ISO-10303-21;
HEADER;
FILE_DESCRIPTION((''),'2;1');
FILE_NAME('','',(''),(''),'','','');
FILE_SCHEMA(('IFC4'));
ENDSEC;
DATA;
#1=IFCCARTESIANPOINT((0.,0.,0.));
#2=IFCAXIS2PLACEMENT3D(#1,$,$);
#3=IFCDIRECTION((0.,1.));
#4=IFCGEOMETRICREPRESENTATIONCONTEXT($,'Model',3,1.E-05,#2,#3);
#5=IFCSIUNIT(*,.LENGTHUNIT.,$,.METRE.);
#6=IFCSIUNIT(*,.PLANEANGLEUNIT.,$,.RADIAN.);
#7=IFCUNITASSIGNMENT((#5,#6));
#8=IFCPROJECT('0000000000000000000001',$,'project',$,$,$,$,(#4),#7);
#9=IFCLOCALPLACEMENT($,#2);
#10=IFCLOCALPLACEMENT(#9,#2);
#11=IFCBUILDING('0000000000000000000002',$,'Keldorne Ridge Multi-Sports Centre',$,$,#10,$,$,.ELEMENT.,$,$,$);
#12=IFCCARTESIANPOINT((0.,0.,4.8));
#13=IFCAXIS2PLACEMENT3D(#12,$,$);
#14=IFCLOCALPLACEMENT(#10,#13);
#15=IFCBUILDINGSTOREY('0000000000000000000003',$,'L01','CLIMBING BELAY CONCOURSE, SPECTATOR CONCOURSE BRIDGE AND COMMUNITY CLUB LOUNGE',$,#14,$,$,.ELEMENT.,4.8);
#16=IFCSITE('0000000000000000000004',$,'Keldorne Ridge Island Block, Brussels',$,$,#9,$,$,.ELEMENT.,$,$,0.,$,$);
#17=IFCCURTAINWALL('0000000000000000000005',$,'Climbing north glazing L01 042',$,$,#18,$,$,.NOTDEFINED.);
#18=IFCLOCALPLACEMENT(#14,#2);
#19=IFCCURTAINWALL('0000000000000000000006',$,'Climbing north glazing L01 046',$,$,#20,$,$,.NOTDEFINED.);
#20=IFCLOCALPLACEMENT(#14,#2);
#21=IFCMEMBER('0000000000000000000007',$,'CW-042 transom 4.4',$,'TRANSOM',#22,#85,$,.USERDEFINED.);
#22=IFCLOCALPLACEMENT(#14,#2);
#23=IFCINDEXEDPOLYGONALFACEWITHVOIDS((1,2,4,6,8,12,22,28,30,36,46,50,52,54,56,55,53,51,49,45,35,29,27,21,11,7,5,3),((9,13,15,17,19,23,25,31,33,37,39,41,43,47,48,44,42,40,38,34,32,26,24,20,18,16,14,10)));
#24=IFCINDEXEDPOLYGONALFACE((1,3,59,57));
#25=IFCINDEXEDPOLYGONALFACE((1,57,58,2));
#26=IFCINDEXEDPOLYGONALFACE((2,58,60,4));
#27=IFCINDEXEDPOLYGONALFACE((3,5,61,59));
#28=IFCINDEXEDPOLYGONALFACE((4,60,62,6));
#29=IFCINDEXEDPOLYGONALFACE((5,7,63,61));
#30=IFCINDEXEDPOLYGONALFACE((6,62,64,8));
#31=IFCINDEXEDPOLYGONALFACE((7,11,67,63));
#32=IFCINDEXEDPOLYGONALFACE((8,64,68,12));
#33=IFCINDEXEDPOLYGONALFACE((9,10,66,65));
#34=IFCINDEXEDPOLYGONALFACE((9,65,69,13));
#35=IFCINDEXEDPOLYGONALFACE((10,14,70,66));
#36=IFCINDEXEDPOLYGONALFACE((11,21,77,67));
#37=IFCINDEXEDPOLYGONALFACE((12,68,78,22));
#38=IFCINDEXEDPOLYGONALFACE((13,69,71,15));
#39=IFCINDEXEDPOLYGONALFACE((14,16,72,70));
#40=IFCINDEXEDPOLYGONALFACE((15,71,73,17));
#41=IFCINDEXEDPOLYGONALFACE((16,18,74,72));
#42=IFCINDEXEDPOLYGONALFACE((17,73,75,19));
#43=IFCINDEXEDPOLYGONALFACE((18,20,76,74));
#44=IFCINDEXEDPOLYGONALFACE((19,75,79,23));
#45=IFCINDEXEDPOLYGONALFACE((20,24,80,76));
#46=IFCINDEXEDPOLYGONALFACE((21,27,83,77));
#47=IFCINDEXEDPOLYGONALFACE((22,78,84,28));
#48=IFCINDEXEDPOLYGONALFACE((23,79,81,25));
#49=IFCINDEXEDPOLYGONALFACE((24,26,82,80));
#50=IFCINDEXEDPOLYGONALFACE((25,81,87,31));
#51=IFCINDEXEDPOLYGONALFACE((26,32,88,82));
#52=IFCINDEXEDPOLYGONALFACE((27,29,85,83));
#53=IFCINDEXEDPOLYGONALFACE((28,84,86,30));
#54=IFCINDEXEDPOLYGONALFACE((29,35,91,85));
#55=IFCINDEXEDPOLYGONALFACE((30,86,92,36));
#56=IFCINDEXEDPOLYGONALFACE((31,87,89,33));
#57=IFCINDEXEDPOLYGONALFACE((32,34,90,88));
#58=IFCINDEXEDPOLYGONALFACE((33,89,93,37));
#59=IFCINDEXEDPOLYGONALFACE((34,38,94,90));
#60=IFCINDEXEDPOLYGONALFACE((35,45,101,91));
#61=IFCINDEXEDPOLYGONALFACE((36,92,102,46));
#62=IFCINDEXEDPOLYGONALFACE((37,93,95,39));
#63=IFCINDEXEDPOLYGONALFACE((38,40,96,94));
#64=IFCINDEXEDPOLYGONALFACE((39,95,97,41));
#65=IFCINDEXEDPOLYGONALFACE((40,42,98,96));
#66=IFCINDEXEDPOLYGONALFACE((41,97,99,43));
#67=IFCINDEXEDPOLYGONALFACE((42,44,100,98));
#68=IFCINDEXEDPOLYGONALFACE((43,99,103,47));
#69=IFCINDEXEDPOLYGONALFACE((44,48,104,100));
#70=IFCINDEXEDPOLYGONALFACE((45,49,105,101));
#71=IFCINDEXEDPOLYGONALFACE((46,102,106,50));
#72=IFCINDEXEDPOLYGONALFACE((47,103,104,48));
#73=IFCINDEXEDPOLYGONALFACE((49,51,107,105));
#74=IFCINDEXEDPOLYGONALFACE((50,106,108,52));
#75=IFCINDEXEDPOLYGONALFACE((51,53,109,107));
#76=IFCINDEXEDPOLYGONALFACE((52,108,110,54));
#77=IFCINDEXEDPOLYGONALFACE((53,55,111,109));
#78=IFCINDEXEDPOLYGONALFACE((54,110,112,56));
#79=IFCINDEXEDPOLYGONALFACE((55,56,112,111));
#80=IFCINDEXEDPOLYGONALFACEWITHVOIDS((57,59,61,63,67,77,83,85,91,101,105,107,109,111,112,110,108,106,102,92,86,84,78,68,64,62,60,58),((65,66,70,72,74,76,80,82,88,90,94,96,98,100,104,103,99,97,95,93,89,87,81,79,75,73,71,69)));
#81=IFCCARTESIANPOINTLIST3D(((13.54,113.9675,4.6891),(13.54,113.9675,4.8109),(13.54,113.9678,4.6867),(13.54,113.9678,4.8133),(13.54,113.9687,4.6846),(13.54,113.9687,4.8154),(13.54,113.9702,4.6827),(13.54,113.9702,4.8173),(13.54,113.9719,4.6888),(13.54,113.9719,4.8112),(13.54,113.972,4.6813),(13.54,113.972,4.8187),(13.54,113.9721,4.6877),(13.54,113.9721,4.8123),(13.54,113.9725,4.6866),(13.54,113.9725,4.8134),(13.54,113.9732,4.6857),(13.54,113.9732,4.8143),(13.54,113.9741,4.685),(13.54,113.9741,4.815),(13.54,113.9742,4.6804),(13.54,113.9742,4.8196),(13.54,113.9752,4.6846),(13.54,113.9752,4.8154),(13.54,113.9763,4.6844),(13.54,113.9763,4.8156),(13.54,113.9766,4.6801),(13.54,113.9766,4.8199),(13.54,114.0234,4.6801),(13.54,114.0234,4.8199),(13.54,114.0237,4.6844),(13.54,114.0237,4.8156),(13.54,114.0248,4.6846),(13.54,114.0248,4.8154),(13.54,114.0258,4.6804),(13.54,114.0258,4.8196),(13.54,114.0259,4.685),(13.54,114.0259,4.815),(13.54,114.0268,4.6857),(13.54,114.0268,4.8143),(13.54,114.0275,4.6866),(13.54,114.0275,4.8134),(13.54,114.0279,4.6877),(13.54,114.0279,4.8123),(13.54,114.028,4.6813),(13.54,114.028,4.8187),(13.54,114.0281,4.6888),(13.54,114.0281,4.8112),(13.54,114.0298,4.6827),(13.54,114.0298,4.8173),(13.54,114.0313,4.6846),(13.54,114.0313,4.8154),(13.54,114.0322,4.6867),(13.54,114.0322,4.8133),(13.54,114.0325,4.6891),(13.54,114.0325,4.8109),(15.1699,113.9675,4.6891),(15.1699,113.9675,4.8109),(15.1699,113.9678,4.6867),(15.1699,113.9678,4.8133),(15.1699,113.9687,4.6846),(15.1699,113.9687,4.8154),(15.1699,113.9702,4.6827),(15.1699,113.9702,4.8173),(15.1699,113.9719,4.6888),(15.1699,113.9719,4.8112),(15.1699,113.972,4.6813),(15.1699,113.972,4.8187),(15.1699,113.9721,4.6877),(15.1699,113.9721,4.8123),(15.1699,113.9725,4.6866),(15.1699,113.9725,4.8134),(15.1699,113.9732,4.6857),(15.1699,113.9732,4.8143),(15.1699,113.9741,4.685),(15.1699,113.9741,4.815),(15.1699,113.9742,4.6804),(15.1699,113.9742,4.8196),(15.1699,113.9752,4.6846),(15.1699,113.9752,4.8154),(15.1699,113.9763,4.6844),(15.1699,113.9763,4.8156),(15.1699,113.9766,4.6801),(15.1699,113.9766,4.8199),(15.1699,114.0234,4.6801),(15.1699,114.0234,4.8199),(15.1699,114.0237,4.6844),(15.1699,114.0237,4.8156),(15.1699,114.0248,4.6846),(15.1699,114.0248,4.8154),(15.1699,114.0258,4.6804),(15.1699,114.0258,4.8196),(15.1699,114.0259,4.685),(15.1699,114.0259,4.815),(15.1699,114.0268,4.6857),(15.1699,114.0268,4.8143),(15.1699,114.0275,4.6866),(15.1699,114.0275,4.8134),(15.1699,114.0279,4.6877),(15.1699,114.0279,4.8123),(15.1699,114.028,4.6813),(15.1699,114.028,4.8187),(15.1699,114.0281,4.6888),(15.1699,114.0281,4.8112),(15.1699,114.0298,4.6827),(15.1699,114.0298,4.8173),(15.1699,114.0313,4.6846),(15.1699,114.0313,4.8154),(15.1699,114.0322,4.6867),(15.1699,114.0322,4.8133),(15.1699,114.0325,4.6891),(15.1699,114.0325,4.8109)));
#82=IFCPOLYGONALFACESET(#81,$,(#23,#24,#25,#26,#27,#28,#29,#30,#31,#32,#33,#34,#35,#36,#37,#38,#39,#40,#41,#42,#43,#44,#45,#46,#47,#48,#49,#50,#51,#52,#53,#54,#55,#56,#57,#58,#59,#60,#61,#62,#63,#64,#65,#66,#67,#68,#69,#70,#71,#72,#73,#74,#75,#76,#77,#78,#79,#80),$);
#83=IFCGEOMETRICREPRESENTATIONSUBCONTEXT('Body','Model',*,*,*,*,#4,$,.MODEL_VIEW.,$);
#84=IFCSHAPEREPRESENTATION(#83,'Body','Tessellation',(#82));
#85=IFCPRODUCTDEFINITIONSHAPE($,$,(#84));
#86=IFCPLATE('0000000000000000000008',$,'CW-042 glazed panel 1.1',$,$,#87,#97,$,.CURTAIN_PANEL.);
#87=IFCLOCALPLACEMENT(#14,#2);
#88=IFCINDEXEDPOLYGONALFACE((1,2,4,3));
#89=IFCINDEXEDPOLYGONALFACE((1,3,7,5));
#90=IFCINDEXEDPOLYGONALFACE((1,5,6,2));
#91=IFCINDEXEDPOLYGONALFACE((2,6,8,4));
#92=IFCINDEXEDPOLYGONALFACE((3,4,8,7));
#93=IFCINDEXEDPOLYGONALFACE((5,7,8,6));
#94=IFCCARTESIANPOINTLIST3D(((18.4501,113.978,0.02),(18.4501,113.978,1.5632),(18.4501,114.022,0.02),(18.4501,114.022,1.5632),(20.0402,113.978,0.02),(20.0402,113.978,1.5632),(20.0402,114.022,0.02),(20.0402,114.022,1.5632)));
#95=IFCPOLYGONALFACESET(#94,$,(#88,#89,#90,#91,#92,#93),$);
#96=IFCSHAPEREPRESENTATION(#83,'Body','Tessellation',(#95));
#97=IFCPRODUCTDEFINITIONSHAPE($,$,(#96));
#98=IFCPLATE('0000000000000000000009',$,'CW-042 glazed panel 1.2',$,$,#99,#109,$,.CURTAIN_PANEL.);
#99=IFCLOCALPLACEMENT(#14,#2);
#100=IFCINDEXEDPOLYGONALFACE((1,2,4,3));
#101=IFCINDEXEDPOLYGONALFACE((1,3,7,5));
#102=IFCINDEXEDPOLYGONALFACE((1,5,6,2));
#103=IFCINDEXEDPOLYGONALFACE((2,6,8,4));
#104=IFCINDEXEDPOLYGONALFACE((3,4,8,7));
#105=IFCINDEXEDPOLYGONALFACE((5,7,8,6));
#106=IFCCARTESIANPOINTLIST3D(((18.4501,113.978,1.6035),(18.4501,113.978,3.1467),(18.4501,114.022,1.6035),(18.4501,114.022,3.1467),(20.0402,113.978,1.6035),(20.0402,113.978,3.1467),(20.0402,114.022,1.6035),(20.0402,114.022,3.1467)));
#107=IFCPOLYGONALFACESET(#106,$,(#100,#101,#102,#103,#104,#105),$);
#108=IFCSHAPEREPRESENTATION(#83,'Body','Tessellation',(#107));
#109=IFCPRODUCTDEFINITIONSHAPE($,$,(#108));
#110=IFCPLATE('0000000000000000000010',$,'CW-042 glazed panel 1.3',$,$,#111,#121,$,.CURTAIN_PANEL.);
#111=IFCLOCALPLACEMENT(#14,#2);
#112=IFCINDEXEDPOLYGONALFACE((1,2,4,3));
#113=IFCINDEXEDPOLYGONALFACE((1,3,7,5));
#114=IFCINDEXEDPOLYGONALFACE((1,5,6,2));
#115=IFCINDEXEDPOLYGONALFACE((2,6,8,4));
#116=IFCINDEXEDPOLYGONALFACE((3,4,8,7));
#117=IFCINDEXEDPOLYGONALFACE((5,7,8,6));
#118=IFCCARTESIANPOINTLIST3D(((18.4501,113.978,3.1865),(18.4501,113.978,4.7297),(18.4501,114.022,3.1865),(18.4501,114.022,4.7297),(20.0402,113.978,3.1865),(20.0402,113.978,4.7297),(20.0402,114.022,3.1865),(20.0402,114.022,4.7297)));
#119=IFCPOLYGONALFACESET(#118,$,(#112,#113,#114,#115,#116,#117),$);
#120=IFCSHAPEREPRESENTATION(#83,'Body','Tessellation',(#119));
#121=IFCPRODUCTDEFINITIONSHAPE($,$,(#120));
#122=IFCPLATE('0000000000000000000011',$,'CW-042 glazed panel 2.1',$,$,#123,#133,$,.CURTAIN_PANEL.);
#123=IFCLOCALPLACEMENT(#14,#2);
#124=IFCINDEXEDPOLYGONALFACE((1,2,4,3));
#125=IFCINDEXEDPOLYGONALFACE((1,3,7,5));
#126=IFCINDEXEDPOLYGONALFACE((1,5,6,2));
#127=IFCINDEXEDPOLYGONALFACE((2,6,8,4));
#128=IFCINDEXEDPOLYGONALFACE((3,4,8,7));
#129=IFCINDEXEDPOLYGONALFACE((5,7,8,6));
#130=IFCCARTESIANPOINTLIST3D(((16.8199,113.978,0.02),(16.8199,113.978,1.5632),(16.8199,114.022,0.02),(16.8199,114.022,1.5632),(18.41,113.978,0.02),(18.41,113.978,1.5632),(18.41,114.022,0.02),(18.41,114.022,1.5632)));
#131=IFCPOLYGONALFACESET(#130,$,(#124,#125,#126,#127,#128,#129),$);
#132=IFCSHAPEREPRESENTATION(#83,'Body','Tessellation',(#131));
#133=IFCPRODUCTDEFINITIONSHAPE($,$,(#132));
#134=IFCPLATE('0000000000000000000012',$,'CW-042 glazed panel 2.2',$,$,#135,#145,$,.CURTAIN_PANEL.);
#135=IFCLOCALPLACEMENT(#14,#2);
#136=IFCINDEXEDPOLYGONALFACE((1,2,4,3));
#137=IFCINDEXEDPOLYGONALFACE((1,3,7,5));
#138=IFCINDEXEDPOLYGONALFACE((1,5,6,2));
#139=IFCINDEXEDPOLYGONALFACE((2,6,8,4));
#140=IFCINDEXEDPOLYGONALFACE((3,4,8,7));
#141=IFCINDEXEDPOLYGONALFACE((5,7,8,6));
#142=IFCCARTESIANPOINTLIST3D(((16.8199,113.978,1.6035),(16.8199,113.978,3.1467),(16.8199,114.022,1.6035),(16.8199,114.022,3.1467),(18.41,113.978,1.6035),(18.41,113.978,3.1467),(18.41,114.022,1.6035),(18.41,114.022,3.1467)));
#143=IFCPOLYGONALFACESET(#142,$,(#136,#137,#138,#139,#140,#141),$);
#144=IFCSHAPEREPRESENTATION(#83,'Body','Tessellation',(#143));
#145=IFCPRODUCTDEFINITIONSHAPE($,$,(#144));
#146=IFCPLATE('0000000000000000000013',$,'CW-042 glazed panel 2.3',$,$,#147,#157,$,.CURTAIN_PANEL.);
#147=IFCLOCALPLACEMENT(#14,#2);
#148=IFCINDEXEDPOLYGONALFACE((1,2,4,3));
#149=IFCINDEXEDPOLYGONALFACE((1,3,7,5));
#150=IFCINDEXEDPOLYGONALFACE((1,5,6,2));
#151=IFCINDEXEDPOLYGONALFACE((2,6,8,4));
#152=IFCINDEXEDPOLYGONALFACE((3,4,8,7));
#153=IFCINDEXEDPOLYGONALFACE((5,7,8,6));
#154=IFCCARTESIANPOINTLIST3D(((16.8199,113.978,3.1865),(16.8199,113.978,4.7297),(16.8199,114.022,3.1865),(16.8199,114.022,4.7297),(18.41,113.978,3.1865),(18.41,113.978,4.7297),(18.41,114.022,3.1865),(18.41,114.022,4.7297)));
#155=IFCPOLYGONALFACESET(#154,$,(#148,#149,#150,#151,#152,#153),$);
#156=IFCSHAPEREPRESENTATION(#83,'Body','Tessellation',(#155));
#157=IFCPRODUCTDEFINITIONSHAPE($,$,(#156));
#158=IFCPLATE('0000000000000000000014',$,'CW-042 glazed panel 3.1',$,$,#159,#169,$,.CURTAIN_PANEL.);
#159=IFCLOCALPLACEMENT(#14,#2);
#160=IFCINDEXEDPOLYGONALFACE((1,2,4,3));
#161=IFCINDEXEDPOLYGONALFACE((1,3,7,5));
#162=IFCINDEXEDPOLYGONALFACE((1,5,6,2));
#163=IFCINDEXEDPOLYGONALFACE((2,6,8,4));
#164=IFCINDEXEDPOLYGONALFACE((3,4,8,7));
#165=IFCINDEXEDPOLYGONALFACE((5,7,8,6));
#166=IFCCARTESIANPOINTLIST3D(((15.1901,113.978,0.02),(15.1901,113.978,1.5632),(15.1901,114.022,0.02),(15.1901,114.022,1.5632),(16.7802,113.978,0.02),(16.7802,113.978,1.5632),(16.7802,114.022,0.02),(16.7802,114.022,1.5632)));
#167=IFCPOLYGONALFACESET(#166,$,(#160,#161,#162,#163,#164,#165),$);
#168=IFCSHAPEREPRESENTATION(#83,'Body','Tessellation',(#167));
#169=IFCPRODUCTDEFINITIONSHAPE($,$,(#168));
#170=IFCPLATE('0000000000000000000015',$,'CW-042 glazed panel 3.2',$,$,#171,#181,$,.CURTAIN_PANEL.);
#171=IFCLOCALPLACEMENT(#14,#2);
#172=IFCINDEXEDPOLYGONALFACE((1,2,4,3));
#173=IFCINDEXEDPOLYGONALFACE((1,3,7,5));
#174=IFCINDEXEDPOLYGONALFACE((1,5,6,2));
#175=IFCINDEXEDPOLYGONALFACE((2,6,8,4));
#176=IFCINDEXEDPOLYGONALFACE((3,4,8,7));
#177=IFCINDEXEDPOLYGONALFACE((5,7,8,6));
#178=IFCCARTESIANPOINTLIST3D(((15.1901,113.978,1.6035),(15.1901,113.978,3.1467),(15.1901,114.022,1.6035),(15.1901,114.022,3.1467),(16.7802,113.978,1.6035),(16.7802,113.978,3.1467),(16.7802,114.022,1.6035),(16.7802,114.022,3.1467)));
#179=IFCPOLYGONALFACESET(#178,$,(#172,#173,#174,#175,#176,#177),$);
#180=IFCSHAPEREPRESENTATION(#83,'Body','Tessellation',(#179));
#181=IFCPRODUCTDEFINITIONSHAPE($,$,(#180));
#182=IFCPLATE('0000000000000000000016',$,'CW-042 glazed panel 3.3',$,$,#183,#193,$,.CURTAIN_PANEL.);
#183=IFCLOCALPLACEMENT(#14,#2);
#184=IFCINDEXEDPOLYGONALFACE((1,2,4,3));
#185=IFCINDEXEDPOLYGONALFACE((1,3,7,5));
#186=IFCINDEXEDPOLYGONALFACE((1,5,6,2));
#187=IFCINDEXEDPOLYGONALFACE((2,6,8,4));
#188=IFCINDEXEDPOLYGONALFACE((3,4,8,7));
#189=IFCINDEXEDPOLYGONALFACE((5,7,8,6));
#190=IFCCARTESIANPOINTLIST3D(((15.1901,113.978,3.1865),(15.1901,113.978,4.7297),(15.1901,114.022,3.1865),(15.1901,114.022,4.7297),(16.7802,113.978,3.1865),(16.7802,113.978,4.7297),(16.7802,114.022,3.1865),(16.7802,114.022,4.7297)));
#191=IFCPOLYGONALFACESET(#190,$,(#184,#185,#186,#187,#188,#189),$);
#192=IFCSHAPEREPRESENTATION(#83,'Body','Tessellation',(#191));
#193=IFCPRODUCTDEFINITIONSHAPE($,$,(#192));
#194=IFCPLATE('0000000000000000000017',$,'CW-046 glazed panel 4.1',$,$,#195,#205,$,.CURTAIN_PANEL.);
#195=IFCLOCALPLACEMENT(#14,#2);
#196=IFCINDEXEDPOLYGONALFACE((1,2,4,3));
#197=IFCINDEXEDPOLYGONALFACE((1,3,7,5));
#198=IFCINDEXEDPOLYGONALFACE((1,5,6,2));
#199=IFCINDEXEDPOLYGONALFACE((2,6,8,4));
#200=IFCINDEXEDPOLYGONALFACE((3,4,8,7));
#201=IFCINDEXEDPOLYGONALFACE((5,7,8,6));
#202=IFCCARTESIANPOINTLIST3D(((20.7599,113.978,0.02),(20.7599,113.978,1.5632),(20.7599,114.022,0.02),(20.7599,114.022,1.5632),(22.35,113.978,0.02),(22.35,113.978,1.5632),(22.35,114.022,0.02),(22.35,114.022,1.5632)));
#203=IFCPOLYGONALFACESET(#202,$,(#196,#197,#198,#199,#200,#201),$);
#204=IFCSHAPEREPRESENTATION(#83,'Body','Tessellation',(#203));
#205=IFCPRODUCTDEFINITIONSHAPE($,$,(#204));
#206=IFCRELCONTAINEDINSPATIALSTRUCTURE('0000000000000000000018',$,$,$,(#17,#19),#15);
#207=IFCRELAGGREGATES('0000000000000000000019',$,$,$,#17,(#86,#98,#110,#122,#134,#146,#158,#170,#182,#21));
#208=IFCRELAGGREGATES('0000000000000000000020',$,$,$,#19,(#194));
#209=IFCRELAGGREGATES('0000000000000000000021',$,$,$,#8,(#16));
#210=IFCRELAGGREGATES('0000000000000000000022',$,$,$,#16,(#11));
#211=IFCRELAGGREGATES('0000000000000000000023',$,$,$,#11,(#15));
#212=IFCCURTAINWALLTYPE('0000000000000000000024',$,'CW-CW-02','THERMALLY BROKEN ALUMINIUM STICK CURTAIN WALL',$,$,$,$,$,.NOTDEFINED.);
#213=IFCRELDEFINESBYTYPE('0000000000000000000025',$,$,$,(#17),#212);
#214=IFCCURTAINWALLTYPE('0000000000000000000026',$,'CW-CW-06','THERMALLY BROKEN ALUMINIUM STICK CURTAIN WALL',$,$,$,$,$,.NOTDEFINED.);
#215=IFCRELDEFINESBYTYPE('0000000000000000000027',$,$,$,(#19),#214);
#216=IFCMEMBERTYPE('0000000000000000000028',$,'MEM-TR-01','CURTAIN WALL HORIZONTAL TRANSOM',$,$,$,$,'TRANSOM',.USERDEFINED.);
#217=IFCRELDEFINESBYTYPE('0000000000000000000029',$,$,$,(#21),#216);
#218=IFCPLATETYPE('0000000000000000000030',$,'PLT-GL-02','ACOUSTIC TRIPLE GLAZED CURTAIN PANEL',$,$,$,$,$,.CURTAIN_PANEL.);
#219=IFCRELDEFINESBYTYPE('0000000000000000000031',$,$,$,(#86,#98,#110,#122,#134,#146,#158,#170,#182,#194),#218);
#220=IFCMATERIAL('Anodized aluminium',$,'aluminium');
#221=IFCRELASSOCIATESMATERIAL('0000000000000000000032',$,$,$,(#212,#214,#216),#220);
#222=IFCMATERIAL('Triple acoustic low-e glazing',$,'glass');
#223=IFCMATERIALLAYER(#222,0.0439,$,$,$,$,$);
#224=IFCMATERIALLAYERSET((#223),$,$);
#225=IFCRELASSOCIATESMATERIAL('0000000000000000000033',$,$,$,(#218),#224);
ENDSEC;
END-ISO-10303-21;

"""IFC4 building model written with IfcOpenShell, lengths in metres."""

from ifc_helpers import new_model, si_unit, direction, frame, origin, origin_2d, place, context, subcontext, project, spatial, rectangle, hollow_rectangle, extrude, material, layer, layer_set, material_profile, profile_set, type_object, element, aggregate, save


model = new_model("IFC4")

# Units and contexts
model_context = context("Model", 3, precision=1e-05, world=origin(), true_north=direction((0.0, 1.0)))
body_context = subcontext(model_context, "Body", "Model", "MODEL_VIEW")
ifc_project = project(units=[si_unit("LENGTHUNIT", "METRE"), si_unit("PLANEANGLEUNIT", "RADIAN")], contexts=[model_context])

# Site, building, storey
site_placement = place(None, origin())
site = spatial("IfcSite", under=ifc_project, at=site_placement, Name="Keldorne Ridge Island Block, Brussels", CompositionType="ELEMENT", RefElevation=0.0)
building_placement = place(site_placement, origin())
building = spatial("IfcBuilding", under=site, at=building_placement, Name="Keldorne Ridge Multi-Sports Centre", CompositionType="ELEMENT")
storey_placement = place(building_placement, frame((0.0, 0.0, 4.8)))
storey = spatial("IfcBuildingStorey", under=building, at=storey_placement, Name="L01", Description="CLIMBING BELAY CONCOURSE, SPECTATOR CONCOURSE BRIDGE AND COMMUNITY CLUB LOUNGE", CompositionType="ELEMENT", Elevation=4.8)

# Curtain walls
ifc_material_1 = material(Name="Anodized aluminium", Category="aluminium")
curtain_wall_type_1 = type_object("IfcCurtainWallType", Name="CW-CW-02", Description="THERMALLY BROKEN ALUMINIUM STICK CURTAIN WALL", PredefinedType="NOTDEFINED", material=ifc_material_1)
curtain_wall_1_placement = place(storey_placement, origin())
curtain_wall_1 = element("IfcCurtainWall", 1, at=curtain_wall_1_placement, inside=storey, type_object=curtain_wall_type_1, Name="Climbing north glazing L01 042", PredefinedType="NOTDEFINED")
curtain_wall_type_2 = type_object("IfcCurtainWallType", Name="CW-CW-06", Description="THERMALLY BROKEN ALUMINIUM STICK CURTAIN WALL", PredefinedType="NOTDEFINED", material=ifc_material_1)
curtain_wall_2_placement = place(storey_placement, origin())
curtain_wall_2 = element("IfcCurtainWall", 2, at=curtain_wall_2_placement, inside=storey, type_object=curtain_wall_type_2, Name="Climbing north glazing L01 046", PredefinedType="NOTDEFINED")

# Member
ifc_material_profile_1 = material_profile(ifc_material_1, hollow_rectangle(XDim=0.0649, YDim=0.1399, WallThickness=0.0044, InnerFilletRadius=0.0044, OuterFilletRadius=0.009, at=origin_2d()), Name="ALU TRANSOM 140x65x4.5")
ifc_profile_set_1 = profile_set([ifc_material_profile_1], Name="Anodized aluminium")
member_type_1 = type_object("IfcMemberType", Name="MEM-TR-01", Description="CURTAIN WALL HORIZONTAL TRANSOM", ElementType="TRANSOM", PredefinedType="USERDEFINED", material=ifc_profile_set_1)
member_1_placement = place(storey_placement, frame((15.1699, 114.0, 4.75), z_axis=(-1.0, 0.0, 0.0), x_axis=(0.0, -1.0, 0.0)))
member_1 = element("IfcMember", 3, at=member_1_placement, type_object=member_type_1, Name="CW-042 transom 4.4", ObjectType="TRANSOM", PredefinedType="USERDEFINED", context=body_context, shape_type="SweptSolid", body=[
    extrude(hollow_rectangle(XDim=0.0649, YDim=0.1399, WallThickness=0.0044, InnerFilletRadius=0.0044, OuterFilletRadius=0.009, at=origin_2d()), origin(), (0.0, 0.0, 1.0), 1.6299),
])

# Plates
ifc_material_2 = material(Name="Triple acoustic low-e glazing", Category="glass")
ifc_layer = layer(ifc_material_2, 0.0439)
ifc_layer_set = layer_set([ifc_layer])
plate_type = type_object("IfcPlateType", Name="PLT-GL-02", Description="ACOUSTIC TRIPLE GLAZED CURTAIN PANEL", PredefinedType="CURTAIN_PANEL", material=ifc_layer_set)
plate_1_placement = place(storey_placement, frame((19.2451, 114.0, 0.02), z_axis=(0.0, 0.0, 1.0), x_axis=(-1.0, 0.0, 0.0)))
plate_1 = element("IfcPlate", 4, at=plate_1_placement, type_object=plate_type, Name="CW-042 glazed panel 1.1", PredefinedType="CURTAIN_PANEL", context=body_context, shape_type="SweptSolid", body=[
    extrude(rectangle(XDim=1.5901, YDim=0.0439, at=origin_2d()), origin(), (0.0, 0.0, 1.0), 1.5432),
])
plate_2_placement = place(storey_placement, frame((19.2451, 114.0, 1.6035), z_axis=(0.0, 0.0, 1.0), x_axis=(-1.0, 0.0, 0.0)))
plate_2 = element("IfcPlate", 5, at=plate_2_placement, type_object=plate_type, Name="CW-042 glazed panel 1.2", PredefinedType="CURTAIN_PANEL", context=body_context, shape_type="SweptSolid", body=[
    extrude(rectangle(XDim=1.5901, YDim=0.0439, at=origin_2d()), origin(), (0.0, 0.0, 1.0), 1.5432),
])
plate_3_placement = place(storey_placement, frame((19.2451, 114.0, 3.1865), z_axis=(0.0, 0.0, 1.0), x_axis=(-1.0, 0.0, 0.0)))
plate_3 = element("IfcPlate", 6, at=plate_3_placement, type_object=plate_type, Name="CW-042 glazed panel 1.3", PredefinedType="CURTAIN_PANEL", context=body_context, shape_type="SweptSolid", body=[
    extrude(rectangle(XDim=1.5901, YDim=0.0439, at=origin_2d()), origin(), (0.0, 0.0, 1.0), 1.5432),
])
plate_4_placement = place(storey_placement, frame((17.615, 114.0, 0.02), z_axis=(0.0, 0.0, 1.0), x_axis=(-1.0, 0.0, 0.0)))
plate_4 = element("IfcPlate", 7, at=plate_4_placement, type_object=plate_type, Name="CW-042 glazed panel 2.1", PredefinedType="CURTAIN_PANEL", context=body_context, shape_type="SweptSolid", body=[
    extrude(rectangle(XDim=1.5901, YDim=0.0439, at=origin_2d()), origin(), (0.0, 0.0, 1.0), 1.5432),
])
plate_5_placement = place(storey_placement, frame((17.615, 114.0, 1.6035), z_axis=(0.0, 0.0, 1.0), x_axis=(-1.0, 0.0, 0.0)))
plate_5 = element("IfcPlate", 8, at=plate_5_placement, type_object=plate_type, Name="CW-042 glazed panel 2.2", PredefinedType="CURTAIN_PANEL", context=body_context, shape_type="SweptSolid", body=[
    extrude(rectangle(XDim=1.5901, YDim=0.0439, at=origin_2d()), origin(), (0.0, 0.0, 1.0), 1.5432),
])
plate_6_placement = place(storey_placement, frame((17.615, 114.0, 3.1865), z_axis=(0.0, 0.0, 1.0), x_axis=(-1.0, 0.0, 0.0)))
plate_6 = element("IfcPlate", 9, at=plate_6_placement, type_object=plate_type, Name="CW-042 glazed panel 2.3", PredefinedType="CURTAIN_PANEL", context=body_context, shape_type="SweptSolid", body=[
    extrude(rectangle(XDim=1.5901, YDim=0.0439, at=origin_2d()), origin(), (0.0, 0.0, 1.0), 1.5432),
])
plate_7_placement = place(storey_placement, frame((15.9851, 114.0, 0.02), z_axis=(0.0, 0.0, 1.0), x_axis=(-1.0, 0.0, 0.0)))
plate_7 = element("IfcPlate", 10, at=plate_7_placement, type_object=plate_type, Name="CW-042 glazed panel 3.1", PredefinedType="CURTAIN_PANEL", context=body_context, shape_type="SweptSolid", body=[
    extrude(rectangle(XDim=1.5901, YDim=0.0439, at=origin_2d()), origin(), (0.0, 0.0, 1.0), 1.5432),
])
plate_8_placement = place(storey_placement, frame((15.9851, 114.0, 1.6035), z_axis=(0.0, 0.0, 1.0), x_axis=(-1.0, 0.0, 0.0)))
plate_8 = element("IfcPlate", 11, at=plate_8_placement, type_object=plate_type, Name="CW-042 glazed panel 3.2", PredefinedType="CURTAIN_PANEL", context=body_context, shape_type="SweptSolid", body=[
    extrude(rectangle(XDim=1.5901, YDim=0.0439, at=origin_2d()), origin(), (0.0, 0.0, 1.0), 1.5432),
])
plate_9_placement = place(storey_placement, frame((15.9851, 114.0, 3.1865), z_axis=(0.0, 0.0, 1.0), x_axis=(-1.0, 0.0, 0.0)))
plate_9 = element("IfcPlate", 12, at=plate_9_placement, type_object=plate_type, Name="CW-042 glazed panel 3.3", PredefinedType="CURTAIN_PANEL", context=body_context, shape_type="SweptSolid", body=[
    extrude(rectangle(XDim=1.5901, YDim=0.0439, at=origin_2d()), origin(), (0.0, 0.0, 1.0), 1.5432),
])
aggregate(curtain_wall_1, [plate_1, plate_2, plate_3, plate_4, plate_5, plate_6, plate_7, plate_8, plate_9, member_1])
plate_10_placement = place(storey_placement, frame((21.5549, 114.0, 0.02), z_axis=(0.0, 0.0, 1.0), x_axis=(-1.0, 0.0, 0.0)))
plate_10 = element("IfcPlate", 13, at=plate_10_placement, type_object=plate_type, Name="CW-046 glazed panel 4.1", PredefinedType="CURTAIN_PANEL", context=body_context, shape_type="SweptSolid", body=[
    extrude(rectangle(XDim=1.5901, YDim=0.0439, at=origin_2d()), origin(), (0.0, 0.0, 1.0), 1.5432),
])
aggregate(curtain_wall_2, [plate_10])

save(model, "model.ifc")
